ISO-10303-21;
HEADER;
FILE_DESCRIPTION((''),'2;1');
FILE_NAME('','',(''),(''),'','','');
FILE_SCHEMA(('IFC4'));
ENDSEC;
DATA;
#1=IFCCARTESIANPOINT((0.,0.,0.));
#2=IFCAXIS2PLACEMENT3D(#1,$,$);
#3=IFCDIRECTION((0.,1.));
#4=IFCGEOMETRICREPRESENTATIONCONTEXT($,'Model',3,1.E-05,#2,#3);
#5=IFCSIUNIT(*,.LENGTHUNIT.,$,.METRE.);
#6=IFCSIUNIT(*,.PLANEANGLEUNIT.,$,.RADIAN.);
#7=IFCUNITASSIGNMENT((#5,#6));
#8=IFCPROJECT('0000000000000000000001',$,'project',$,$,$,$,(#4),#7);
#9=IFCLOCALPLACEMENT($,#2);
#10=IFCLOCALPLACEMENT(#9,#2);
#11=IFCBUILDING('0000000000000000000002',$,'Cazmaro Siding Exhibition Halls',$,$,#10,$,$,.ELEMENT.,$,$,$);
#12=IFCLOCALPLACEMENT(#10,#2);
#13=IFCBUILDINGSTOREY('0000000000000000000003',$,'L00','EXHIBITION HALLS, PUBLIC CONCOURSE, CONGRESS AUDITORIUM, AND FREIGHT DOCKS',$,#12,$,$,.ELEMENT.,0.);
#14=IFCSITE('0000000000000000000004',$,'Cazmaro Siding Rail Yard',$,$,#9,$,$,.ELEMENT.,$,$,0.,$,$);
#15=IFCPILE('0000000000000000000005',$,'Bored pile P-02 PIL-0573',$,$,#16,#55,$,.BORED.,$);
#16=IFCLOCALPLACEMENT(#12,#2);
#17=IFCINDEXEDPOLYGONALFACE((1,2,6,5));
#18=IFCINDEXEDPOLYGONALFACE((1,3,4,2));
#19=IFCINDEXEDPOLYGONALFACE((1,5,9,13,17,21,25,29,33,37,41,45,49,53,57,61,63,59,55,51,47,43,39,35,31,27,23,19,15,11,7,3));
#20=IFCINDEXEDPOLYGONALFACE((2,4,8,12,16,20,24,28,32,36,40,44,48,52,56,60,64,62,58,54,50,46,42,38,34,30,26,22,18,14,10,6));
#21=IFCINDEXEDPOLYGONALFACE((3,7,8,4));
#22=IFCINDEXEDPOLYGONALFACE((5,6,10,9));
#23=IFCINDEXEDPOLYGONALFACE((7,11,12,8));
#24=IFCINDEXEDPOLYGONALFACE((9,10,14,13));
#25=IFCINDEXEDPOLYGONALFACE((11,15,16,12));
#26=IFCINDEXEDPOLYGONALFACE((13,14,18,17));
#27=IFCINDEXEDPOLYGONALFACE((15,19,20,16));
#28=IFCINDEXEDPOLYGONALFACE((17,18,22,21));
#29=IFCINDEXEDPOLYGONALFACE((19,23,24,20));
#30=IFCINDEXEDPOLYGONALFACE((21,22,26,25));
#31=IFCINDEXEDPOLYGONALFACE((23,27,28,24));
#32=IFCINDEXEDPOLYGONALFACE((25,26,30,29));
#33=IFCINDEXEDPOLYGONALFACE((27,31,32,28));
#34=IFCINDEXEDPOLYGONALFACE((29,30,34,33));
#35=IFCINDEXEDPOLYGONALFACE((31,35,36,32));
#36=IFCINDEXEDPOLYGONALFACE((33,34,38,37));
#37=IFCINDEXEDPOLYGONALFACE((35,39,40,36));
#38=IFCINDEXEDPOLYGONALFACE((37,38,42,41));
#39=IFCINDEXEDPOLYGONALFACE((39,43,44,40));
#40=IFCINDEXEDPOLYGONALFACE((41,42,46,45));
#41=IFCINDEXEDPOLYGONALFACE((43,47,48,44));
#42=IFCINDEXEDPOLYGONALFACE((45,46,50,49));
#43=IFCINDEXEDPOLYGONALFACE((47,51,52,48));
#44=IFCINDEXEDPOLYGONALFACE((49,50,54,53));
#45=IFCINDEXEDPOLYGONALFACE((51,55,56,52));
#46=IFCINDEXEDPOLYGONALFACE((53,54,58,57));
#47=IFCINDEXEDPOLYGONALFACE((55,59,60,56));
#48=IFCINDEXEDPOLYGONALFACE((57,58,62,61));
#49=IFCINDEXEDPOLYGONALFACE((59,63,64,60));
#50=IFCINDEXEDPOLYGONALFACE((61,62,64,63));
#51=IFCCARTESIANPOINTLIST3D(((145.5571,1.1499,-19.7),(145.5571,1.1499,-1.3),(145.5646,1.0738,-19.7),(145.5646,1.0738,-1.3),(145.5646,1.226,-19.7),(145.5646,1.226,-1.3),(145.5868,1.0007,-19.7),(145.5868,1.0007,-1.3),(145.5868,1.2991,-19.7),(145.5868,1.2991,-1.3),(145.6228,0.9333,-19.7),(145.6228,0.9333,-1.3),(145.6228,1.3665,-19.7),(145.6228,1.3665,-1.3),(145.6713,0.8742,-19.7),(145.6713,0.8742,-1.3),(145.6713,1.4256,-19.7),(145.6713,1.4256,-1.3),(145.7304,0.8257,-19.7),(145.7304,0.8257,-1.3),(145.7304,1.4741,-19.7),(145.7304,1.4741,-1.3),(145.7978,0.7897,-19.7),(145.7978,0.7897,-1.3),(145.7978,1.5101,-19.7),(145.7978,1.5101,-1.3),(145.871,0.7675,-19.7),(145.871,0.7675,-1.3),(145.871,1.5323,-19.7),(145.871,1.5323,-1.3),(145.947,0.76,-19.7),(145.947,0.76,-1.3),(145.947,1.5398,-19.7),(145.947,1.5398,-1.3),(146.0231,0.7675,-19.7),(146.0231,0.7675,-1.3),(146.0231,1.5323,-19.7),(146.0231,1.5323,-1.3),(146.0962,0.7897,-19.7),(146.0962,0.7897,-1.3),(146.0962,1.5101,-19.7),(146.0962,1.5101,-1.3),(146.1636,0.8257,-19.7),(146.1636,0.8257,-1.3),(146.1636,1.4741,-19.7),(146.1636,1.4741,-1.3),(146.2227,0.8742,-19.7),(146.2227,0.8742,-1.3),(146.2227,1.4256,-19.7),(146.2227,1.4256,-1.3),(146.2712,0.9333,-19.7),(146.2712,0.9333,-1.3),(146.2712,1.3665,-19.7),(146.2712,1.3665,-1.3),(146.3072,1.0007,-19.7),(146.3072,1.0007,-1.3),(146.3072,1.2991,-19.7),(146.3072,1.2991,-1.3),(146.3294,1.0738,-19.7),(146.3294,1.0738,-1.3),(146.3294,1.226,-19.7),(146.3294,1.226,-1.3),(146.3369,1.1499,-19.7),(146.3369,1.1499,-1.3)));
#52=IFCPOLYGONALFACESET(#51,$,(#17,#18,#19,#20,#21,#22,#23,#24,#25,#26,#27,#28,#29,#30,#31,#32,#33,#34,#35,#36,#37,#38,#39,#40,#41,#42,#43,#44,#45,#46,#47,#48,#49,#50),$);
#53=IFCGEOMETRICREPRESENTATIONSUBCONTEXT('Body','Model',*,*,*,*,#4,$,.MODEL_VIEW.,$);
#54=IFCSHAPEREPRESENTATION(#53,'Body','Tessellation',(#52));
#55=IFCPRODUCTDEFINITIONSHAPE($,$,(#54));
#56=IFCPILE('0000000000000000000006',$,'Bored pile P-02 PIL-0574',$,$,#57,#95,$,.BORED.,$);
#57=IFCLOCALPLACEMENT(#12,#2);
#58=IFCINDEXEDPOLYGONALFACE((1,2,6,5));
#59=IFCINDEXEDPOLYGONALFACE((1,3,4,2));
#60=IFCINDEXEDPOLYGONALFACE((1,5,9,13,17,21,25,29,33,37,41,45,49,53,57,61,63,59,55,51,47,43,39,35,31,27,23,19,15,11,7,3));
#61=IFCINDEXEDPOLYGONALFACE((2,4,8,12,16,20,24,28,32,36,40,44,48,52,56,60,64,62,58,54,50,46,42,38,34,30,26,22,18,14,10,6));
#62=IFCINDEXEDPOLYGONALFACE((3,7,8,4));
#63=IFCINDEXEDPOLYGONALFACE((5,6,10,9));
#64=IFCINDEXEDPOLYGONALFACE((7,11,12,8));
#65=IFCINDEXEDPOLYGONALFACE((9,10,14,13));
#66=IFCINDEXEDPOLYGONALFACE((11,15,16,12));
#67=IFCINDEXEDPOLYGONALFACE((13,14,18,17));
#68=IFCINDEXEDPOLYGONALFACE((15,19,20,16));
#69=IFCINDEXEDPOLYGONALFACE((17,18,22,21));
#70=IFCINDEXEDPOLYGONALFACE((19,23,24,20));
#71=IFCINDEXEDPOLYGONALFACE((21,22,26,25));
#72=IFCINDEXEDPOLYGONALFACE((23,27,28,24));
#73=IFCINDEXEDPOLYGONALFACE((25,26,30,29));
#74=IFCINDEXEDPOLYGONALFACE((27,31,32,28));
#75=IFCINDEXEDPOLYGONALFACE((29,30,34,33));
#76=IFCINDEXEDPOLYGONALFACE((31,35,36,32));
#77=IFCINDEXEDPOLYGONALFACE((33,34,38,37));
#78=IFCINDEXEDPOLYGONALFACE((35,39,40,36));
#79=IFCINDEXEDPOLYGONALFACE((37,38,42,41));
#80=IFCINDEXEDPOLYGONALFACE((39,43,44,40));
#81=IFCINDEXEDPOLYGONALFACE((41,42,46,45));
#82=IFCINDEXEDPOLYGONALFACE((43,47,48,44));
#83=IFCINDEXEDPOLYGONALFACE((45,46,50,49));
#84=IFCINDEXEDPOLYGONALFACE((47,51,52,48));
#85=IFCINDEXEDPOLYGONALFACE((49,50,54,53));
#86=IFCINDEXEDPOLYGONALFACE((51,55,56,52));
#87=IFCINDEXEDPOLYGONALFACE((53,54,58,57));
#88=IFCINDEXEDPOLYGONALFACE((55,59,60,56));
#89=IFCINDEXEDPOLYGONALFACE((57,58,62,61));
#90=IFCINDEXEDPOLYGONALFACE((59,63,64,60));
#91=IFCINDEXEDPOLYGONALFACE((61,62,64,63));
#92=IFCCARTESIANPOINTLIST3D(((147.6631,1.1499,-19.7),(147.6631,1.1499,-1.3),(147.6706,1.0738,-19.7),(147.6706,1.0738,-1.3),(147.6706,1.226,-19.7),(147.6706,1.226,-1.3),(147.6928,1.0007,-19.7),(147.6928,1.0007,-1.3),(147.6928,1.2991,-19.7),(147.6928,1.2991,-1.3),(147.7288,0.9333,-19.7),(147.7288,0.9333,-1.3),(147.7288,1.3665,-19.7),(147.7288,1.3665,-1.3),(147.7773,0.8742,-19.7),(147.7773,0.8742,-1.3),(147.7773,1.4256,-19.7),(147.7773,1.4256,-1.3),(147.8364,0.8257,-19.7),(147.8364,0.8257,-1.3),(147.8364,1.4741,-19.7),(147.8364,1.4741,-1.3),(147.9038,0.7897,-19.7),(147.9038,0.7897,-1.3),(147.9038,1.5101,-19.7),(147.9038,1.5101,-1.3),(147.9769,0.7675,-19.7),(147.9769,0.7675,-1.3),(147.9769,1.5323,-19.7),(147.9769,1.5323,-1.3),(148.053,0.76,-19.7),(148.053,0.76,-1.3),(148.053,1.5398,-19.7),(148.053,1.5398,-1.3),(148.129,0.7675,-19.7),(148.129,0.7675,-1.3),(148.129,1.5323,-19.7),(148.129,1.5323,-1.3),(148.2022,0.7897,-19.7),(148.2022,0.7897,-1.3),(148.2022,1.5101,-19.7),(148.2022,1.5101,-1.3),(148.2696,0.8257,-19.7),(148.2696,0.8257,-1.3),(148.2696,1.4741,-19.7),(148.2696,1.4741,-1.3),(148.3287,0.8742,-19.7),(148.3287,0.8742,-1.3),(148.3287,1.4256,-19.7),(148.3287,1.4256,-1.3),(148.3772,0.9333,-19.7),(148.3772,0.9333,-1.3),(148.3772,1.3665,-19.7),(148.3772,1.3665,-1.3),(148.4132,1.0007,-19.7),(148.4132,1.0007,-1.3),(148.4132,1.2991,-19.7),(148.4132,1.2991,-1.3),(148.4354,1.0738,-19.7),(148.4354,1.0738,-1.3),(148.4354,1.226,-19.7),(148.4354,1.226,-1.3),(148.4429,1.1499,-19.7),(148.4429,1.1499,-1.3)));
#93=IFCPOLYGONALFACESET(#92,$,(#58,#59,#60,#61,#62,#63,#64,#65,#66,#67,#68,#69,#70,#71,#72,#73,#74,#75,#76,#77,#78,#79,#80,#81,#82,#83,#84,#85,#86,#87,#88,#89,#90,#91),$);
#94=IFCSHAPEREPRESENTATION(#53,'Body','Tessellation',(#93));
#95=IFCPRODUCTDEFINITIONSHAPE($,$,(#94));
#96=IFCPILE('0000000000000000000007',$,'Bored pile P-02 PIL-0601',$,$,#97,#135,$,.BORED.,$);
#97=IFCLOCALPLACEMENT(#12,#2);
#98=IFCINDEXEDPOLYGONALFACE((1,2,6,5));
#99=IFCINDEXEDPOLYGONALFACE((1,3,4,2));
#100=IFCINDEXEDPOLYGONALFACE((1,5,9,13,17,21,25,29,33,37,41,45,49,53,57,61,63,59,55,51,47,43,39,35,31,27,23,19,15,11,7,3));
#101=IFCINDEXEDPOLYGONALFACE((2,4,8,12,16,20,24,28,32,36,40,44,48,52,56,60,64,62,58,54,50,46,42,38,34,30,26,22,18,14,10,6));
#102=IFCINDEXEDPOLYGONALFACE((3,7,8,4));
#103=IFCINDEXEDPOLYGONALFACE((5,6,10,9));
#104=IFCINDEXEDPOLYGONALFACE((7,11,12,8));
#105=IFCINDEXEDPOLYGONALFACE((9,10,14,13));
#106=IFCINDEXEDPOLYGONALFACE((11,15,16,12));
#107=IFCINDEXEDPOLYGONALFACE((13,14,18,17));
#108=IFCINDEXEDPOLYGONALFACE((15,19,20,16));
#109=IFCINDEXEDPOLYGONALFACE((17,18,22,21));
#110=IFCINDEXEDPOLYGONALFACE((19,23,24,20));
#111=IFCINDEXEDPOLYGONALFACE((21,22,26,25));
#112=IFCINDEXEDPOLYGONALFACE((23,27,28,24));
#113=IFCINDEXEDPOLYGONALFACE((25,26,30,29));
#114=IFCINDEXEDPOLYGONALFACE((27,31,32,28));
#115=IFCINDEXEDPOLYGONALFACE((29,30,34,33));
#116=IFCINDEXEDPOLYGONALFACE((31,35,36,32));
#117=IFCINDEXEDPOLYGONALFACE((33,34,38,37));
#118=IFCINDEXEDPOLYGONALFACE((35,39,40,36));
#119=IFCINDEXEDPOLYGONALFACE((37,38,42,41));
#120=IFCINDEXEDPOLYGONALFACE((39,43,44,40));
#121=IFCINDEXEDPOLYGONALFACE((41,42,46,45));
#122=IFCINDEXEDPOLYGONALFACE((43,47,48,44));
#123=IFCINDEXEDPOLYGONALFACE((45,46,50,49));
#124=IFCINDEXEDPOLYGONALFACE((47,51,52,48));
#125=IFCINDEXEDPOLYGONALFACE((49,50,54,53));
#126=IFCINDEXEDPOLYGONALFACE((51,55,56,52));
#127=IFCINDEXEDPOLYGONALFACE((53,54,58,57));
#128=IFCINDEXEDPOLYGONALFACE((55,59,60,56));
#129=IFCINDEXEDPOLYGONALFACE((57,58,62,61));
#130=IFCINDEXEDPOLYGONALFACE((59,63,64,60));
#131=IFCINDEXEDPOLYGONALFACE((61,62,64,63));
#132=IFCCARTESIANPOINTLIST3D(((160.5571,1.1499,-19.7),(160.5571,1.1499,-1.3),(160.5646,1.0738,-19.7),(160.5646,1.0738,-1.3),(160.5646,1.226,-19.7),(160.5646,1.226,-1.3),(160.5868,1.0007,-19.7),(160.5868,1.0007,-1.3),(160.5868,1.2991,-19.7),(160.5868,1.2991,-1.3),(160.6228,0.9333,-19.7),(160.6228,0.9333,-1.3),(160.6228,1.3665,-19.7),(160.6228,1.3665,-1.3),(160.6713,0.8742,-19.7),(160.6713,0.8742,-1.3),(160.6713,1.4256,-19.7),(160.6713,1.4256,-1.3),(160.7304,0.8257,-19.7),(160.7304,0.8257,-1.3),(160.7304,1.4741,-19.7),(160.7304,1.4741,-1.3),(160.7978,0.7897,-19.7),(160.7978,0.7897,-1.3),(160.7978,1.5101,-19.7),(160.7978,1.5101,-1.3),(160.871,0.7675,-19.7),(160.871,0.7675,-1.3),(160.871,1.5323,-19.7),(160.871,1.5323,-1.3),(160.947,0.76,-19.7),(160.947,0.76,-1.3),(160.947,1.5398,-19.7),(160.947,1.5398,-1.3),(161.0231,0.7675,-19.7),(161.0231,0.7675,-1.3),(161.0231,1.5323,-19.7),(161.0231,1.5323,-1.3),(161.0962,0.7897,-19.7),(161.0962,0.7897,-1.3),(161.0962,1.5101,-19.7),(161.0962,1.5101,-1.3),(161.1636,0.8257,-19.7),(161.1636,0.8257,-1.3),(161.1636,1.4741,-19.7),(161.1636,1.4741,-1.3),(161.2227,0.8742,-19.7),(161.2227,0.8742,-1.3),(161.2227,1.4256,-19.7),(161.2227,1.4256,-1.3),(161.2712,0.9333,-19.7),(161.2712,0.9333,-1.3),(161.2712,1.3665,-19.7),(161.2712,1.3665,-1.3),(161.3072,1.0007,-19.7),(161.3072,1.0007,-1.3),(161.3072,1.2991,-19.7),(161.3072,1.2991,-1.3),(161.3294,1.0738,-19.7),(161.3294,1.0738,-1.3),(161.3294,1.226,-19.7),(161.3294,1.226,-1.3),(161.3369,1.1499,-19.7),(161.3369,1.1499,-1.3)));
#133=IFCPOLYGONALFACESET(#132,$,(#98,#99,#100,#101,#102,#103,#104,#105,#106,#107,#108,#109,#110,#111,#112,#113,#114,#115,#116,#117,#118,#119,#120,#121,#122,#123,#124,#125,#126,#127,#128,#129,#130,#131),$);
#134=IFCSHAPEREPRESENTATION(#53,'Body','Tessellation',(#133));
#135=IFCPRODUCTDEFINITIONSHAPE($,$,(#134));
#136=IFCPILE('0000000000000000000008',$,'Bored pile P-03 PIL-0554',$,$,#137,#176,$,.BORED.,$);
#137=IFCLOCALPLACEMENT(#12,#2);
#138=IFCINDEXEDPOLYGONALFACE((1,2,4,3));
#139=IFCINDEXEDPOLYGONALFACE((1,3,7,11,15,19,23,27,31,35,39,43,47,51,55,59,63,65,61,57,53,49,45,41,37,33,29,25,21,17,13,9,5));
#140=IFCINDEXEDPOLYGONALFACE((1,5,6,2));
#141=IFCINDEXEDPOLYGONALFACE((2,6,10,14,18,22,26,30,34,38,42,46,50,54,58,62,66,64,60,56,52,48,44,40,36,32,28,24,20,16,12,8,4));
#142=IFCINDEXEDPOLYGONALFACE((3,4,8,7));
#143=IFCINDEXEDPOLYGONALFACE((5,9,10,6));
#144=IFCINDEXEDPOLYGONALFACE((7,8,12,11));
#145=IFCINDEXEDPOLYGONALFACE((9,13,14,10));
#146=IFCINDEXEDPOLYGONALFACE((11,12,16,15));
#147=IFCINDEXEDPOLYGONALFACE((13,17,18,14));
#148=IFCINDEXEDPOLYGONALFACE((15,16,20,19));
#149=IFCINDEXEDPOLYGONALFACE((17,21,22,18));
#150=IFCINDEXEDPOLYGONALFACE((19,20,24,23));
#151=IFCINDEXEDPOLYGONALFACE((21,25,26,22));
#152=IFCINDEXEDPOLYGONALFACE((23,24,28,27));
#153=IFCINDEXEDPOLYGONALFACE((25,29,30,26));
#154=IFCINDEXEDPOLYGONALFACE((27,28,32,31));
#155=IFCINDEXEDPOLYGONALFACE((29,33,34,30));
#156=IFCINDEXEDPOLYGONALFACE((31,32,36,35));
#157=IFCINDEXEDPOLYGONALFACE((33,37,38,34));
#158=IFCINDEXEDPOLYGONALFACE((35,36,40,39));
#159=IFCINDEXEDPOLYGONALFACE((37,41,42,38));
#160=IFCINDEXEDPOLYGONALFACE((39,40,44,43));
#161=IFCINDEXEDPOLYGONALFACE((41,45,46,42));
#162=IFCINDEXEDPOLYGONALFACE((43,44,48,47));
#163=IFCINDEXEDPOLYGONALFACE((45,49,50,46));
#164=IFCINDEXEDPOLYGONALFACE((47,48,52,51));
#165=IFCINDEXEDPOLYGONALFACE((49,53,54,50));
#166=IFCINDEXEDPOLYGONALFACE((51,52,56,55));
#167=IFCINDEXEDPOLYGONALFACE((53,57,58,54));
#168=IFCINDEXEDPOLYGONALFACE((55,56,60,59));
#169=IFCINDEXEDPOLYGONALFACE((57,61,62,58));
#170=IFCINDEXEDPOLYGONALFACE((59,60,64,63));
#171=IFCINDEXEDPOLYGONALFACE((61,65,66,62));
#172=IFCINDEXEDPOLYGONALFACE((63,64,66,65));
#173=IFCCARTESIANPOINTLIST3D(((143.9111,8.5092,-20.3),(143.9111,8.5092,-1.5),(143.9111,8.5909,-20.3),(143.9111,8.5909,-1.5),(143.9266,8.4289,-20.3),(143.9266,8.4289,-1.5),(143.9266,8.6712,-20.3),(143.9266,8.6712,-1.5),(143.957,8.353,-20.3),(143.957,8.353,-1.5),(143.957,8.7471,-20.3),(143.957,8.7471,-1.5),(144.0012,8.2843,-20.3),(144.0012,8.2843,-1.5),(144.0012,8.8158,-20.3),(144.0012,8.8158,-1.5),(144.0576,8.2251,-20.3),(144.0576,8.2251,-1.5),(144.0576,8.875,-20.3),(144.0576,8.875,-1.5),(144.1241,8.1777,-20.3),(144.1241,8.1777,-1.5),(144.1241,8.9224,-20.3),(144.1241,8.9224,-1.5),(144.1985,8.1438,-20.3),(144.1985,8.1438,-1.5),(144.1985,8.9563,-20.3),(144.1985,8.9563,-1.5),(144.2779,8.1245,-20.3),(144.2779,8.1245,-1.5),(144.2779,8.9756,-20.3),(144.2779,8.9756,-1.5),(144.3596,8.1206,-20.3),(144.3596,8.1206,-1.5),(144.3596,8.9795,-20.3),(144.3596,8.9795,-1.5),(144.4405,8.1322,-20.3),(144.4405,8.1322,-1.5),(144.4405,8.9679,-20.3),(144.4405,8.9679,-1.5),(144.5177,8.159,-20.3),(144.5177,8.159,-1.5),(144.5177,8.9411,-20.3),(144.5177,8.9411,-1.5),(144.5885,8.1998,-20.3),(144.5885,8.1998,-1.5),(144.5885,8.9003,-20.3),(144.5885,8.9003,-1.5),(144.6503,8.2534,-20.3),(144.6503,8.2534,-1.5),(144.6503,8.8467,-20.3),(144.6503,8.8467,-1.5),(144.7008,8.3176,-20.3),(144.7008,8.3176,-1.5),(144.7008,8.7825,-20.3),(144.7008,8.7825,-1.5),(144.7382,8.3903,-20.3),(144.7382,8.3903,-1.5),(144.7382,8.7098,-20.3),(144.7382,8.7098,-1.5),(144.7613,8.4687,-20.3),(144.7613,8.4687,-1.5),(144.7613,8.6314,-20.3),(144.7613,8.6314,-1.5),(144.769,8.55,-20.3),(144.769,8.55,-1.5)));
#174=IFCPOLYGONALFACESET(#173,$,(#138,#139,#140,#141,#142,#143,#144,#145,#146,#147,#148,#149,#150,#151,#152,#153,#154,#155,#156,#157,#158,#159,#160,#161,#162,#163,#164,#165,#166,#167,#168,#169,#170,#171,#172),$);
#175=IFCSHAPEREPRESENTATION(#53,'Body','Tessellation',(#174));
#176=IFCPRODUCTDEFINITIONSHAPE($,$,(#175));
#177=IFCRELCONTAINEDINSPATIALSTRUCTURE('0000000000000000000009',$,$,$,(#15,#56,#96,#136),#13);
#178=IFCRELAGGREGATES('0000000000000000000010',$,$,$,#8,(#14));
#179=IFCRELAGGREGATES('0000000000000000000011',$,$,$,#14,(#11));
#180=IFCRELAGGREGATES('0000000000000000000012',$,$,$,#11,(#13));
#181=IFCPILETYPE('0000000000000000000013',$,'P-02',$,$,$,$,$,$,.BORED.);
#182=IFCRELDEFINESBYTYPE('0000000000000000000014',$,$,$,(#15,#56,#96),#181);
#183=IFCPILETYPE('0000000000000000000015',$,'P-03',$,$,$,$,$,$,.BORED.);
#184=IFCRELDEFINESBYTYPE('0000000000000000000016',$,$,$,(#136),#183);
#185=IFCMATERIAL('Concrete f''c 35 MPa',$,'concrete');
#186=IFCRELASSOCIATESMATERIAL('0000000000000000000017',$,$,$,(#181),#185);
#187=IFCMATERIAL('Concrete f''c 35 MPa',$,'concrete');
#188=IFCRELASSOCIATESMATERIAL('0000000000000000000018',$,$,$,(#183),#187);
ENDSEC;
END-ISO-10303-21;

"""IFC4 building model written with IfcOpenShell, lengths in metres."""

from ifc_helpers import new_model, si_unit, direction, frame, origin, origin_2d, place, context, subcontext, project, spatial, circle, extrude, material, material_profile, profile_set, type_object, element, save


model = new_model("IFC4")

# Units and contexts
model_context = context("Model", 3, precision=1e-05, world=origin(), true_north=direction((0.0, 1.0)))
body_context = subcontext(model_context, "Body", "Model", "MODEL_VIEW")
ifc_project = project(units=[si_unit("LENGTHUNIT", "METRE"), si_unit("PLANEANGLEUNIT", "RADIAN")], contexts=[model_context])

# Site, building, storey
site_placement = place(None, origin())
site = spatial("IfcSite", under=ifc_project, at=site_placement, Name="Cazmaro Siding Rail Yard", CompositionType="ELEMENT", RefElevation=0.0)
building_placement = place(site_placement, origin())
building = spatial("IfcBuilding", under=site, at=building_placement, Name="Cazmaro Siding Exhibition Halls", CompositionType="ELEMENT")
storey_placement = place(building_placement, origin())
storey = spatial("IfcBuildingStorey", under=building, at=storey_placement, Name="L00", Description="EXHIBITION HALLS, PUBLIC CONCOURSE, CONGRESS AUDITORIUM, AND FREIGHT DOCKS", CompositionType="ELEMENT", Elevation=0.0)

# Piles
ifc_material_1 = material(Name="Concrete f'c 35 MPa", Category="concrete")
ifc_material_profile_1 = material_profile(ifc_material_1, circle(Radius=0.3899, at=origin_2d()), Name="CIDH-780")
ifc_profile_set_1 = profile_set([ifc_material_profile_1], Name="Concrete f'c 35 MPa")
pile_type_1 = type_object("IfcPileType", Name="P-02", PredefinedType="BORED", material=ifc_profile_set_1)
for number, where, z_axis, x_axis, name in (
    (1, (145.947, 1.1499, -1.3), (0.0, 0.0, -1.0), (1.0, 0.0, 0.0), "Bored pile P-02 PIL-0573"),
    (2, (148.053, 1.1499, -1.3), (0.0, 0.0, -1.0), (1.0, 0.0, 0.0), "Bored pile P-02 PIL-0574"),
    (3, (160.947, 1.1499, -1.3), (0.0, 0.0, -1.0), (1.0, 0.0, 0.0), "Bored pile P-02 PIL-0601"),
):
    element("IfcPile", number, at=place(storey_placement, frame(where, z_axis=z_axis, x_axis=x_axis)), inside=storey, type_object=pile_type_1, Name=name, PredefinedType="BORED", context=body_context, shape_type="SweptSolid", body=[
        extrude(circle(Radius=0.3899, at=origin_2d()), origin(), (0.0, 0.0, 1.0), 18.3999),
    ])
ifc_material_2 = material(Name="Concrete f'c 35 MPa", Category="concrete")
ifc_material_profile_2 = material_profile(ifc_material_2, circle(Radius=0.4299, at=origin_2d()), Name="CIDH-860")
ifc_profile_set_2 = profile_set([ifc_material_profile_2], Name="Concrete f'c 35 MPa")
pile_type_2 = type_object("IfcPileType", Name="P-03", PredefinedType="BORED", material=ifc_profile_set_2)
for number, where, z_axis, x_axis, name in (
    (4, (144.3391, 8.55, -1.5), (0.0, 0.0, -1.0), (1.0, 0.0, 0.0), "Bored pile P-03 PIL-0554"),
):
    element("IfcPile", number, at=place(storey_placement, frame(where, z_axis=z_axis, x_axis=x_axis)), inside=storey, type_object=pile_type_2, Name=name, PredefinedType="BORED", context=body_context, shape_type="SweptSolid", body=[
        extrude(circle(Radius=0.4299, at=origin_2d()), origin(), (0.0, 0.0, 1.0), 18.8),
    ])

save(model, "model.ifc")
